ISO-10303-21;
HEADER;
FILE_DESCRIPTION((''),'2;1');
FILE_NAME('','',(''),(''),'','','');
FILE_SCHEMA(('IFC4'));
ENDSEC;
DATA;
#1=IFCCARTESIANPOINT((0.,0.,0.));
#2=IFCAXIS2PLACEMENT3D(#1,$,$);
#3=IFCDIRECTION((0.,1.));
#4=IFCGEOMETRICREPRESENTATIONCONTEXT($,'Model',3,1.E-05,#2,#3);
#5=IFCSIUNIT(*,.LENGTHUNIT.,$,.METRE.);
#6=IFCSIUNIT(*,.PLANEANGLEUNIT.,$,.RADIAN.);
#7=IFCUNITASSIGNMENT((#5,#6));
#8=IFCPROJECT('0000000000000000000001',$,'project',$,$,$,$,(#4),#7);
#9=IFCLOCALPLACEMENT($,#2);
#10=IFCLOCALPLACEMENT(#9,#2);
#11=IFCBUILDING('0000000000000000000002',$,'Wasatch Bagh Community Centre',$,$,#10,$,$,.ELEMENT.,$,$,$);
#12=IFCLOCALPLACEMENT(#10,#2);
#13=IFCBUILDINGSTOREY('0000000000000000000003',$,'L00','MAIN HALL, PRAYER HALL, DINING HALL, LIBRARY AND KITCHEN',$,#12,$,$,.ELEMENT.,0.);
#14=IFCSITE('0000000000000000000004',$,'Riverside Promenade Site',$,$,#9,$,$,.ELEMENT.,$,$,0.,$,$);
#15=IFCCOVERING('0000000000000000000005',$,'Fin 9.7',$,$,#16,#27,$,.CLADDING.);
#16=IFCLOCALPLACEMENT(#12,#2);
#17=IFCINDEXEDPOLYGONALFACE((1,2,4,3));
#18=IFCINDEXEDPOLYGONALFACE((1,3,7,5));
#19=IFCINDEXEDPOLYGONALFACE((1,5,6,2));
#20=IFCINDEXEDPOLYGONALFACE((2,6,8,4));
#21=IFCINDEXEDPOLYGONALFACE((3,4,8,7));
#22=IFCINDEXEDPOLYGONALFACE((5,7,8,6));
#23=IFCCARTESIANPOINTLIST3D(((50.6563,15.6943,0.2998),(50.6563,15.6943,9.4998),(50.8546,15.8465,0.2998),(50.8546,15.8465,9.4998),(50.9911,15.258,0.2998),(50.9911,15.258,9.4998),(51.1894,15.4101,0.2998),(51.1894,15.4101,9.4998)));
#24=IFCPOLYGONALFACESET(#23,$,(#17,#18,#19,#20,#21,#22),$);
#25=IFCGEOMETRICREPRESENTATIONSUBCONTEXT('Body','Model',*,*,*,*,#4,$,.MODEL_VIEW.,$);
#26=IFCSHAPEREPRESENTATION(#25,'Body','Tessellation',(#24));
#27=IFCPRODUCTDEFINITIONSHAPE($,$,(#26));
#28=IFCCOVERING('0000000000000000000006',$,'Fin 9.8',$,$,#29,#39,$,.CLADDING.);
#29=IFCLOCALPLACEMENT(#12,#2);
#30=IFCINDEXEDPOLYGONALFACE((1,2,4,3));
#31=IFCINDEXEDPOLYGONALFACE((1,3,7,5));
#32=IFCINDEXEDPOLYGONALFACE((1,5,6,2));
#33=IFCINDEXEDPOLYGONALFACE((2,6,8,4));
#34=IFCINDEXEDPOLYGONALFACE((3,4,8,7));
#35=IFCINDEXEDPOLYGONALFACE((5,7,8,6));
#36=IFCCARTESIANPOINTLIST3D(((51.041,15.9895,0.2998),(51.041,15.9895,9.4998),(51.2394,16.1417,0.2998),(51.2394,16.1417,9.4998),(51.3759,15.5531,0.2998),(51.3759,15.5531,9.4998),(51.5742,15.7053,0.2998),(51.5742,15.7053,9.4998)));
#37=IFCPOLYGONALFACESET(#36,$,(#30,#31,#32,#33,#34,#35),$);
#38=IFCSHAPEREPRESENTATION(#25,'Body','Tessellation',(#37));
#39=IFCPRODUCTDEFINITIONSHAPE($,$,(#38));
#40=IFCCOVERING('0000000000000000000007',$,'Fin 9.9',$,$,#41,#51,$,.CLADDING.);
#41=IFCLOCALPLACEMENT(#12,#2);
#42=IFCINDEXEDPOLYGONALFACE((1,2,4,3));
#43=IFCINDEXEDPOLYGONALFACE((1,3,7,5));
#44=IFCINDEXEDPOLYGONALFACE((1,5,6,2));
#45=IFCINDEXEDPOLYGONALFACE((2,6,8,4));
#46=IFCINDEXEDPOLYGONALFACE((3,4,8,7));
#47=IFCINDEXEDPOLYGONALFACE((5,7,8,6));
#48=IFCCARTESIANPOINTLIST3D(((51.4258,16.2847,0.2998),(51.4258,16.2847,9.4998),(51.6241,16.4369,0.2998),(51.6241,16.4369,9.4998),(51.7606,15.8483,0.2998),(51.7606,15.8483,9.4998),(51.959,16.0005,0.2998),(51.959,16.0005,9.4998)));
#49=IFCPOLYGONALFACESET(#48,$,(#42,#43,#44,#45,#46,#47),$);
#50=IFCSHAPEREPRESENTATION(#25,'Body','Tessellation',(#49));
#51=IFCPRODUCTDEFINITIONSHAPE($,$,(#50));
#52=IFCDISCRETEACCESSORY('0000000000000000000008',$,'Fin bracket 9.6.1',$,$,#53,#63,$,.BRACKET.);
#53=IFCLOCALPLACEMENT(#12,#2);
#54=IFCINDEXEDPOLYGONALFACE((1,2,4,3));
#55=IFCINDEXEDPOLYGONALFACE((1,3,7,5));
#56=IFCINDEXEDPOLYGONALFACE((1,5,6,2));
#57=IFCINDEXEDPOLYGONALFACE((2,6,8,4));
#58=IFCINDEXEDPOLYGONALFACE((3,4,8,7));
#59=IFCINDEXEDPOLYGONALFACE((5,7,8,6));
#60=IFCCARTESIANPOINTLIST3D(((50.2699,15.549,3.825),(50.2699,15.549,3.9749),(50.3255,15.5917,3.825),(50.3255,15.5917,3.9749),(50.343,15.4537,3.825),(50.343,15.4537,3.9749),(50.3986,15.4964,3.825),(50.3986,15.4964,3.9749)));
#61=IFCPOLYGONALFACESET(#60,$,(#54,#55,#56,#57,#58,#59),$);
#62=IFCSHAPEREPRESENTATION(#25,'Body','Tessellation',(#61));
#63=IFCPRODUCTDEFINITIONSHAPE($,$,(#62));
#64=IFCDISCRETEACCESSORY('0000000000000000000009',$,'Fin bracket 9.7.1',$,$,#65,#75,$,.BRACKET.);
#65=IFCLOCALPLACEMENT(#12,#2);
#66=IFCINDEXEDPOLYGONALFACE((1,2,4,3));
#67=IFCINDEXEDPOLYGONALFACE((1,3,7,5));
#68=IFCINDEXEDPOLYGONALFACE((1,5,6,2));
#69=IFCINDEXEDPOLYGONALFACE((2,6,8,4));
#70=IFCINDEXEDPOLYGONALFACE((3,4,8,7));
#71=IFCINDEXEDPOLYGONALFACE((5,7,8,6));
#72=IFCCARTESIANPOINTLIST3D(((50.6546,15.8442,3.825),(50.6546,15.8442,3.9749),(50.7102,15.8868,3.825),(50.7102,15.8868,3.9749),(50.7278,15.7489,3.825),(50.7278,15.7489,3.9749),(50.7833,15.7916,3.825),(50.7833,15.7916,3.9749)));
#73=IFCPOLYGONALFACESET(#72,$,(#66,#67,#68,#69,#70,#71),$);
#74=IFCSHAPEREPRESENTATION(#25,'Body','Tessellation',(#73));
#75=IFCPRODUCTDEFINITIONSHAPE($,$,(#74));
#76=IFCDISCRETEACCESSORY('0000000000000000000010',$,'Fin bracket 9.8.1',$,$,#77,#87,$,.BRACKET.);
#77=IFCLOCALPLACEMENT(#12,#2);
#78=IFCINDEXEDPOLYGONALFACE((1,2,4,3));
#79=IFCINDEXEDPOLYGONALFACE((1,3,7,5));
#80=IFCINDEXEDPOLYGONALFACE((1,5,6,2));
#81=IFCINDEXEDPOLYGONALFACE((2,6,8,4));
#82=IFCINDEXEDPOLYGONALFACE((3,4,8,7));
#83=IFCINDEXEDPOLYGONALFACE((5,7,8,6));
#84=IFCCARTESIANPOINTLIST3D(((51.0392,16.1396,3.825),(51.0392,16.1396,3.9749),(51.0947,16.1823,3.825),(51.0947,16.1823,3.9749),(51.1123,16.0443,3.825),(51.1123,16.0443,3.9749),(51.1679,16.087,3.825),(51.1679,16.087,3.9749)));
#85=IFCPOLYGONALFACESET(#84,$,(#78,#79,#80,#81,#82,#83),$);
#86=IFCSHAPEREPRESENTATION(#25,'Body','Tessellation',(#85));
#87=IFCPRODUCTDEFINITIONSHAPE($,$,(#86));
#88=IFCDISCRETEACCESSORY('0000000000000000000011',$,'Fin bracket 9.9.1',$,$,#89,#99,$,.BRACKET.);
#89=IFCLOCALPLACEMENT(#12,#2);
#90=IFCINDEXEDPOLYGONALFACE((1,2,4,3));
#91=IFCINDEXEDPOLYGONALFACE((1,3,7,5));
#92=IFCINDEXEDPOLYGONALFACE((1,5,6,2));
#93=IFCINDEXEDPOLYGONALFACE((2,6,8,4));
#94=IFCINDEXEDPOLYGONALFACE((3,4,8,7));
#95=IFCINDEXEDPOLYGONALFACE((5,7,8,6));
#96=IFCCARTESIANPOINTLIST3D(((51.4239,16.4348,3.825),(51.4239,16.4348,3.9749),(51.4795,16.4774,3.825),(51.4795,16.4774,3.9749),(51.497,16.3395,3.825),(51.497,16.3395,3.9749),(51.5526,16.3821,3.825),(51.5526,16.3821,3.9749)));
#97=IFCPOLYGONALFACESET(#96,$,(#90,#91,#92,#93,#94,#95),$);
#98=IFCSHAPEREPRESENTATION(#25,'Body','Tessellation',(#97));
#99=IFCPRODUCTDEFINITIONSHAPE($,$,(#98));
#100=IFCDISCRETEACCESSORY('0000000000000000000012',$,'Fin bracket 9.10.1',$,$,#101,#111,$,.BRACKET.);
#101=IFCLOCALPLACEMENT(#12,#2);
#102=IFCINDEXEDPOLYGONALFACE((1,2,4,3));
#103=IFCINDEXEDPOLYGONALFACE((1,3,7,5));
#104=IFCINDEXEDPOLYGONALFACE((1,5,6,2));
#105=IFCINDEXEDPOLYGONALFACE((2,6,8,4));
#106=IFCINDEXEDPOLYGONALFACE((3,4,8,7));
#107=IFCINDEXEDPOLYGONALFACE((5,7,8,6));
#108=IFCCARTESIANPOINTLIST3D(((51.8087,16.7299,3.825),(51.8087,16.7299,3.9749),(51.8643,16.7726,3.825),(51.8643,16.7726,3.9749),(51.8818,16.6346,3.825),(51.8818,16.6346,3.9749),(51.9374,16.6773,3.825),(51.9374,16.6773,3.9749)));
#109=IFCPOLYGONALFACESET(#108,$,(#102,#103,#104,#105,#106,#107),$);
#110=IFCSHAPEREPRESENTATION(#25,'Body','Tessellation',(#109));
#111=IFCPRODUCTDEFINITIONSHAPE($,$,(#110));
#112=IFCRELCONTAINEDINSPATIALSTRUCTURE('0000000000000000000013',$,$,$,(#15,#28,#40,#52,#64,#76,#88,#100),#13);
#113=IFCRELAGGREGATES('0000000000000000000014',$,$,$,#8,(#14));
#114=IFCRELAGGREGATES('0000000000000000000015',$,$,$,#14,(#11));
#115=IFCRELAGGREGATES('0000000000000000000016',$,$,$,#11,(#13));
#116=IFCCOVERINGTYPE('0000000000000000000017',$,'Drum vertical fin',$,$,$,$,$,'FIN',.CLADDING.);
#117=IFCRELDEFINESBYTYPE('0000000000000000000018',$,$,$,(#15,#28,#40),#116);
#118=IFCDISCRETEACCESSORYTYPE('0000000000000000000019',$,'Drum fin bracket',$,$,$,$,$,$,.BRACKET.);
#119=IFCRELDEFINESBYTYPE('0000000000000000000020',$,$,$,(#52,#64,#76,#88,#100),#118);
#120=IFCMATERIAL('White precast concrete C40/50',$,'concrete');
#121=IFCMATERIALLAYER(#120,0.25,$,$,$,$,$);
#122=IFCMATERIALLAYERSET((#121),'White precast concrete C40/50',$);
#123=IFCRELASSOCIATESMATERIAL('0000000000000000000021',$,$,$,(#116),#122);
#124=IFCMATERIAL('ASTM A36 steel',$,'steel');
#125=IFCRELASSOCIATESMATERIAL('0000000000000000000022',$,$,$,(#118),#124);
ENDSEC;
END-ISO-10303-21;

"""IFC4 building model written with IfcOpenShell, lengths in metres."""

from ifc_helpers import new_model, si_unit, direction, frame, origin, origin_2d, place, context, subcontext, project, spatial, rectangle, extrude, material, layer, layer_set, type_object, element, save


model = new_model("IFC4")

# Units and contexts
model_context = context("Model", 3, precision=1e-05, world=origin(), true_north=direction((0.0, 1.0)))
body_context = subcontext(model_context, "Body", "Model", "MODEL_VIEW")
ifc_project = project(units=[si_unit("LENGTHUNIT", "METRE"), si_unit("PLANEANGLEUNIT", "RADIAN")], contexts=[model_context])

# Site, building, storey
site_placement = place(None, origin())
site = spatial("IfcSite", under=ifc_project, at=site_placement, Name="Riverside Promenade Site", CompositionType="ELEMENT", RefElevation=0.0)
building_placement = place(site_placement, origin())
building = spatial("IfcBuilding", under=site, at=building_placement, Name="Wasatch Bagh Community Centre", CompositionType="ELEMENT")
storey_placement = place(building_placement, origin())
storey = spatial("IfcBuildingStorey", under=building, at=storey_placement, Name="L00", Description="MAIN HALL, PRAYER HALL, DINING HALL, LIBRARY AND KITCHEN", CompositionType="ELEMENT", Elevation=0.0)

# Coverings
ifc_material_1 = material(Name="White precast concrete C40/50", Category="concrete")
ifc_layer_1 = layer(ifc_material_1, 0.25)
ifc_layer_set_1 = layer_set([ifc_layer_1], Name="White precast concrete C40/50")
covering_type = type_object("IfcCoveringType", Name="Drum vertical fin", ElementType="FIN", PredefinedType="CLADDING", material=ifc_layer_set_1)
for number, where, z_axis, x_axis, name in (
    (1, (50.9229, 15.5522, 0.2998), (0.0, 0.0, 1.0), (0.793353, 0.608761, 0.0), "Fin 9.7"),
    (2, (51.3076, 15.8474, 0.2998), (0.0, 0.0, 1.0), (0.793353, 0.608761, 0.0), "Fin 9.8"),
    (3, (51.6924, 16.1426, 0.2998), (0.0, 0.0, 1.0), (0.793353, 0.608761, 0.0), "Fin 9.9"),
):
    element("IfcCovering", number, at=place(storey_placement, frame(where, z_axis=z_axis, x_axis=x_axis)), inside=storey, type_object=covering_type, Name=name, PredefinedType="CLADDING", context=body_context, shape_type="SweptSolid", body=[
        extrude(rectangle(XDim=0.25, YDim=0.55, at=origin_2d()), origin(), (0.0, 0.0, 1.0), 9.2),
    ])

# Discrete accessories
ifc_material_2 = material(Name="ASTM A36 steel", Category="steel")
discrete_accessory_type = type_object("IfcDiscreteAccessoryType", Name="Drum fin bracket", PredefinedType="BRACKET", material=ifc_material_2)
for number, where, z_axis, x_axis, name in (
    (4, (50.3342, 15.5227, 3.825), (0.0, 0.0, 1.0), (0.793353, 0.608761, 0.0), "Fin bracket 9.6.1"),
    (5, (50.719, 15.8179, 3.825), (0.0, 0.0, 1.0), (0.793353, 0.608761, 0.0), "Fin bracket 9.7.1"),
    (6, (51.1035, 16.1133, 3.825), (0.0, 0.0, 1.0), (0.793353, 0.608761, 0.0), "Fin bracket 9.8.1"),
    (7, (51.4883, 16.4084, 3.825), (0.0, 0.0, 1.0), (0.793353, 0.608761, 0.0), "Fin bracket 9.9.1"),
    (8, (51.873, 16.7036, 3.825), (0.0, 0.0, 1.0), (0.793353, 0.608761, 0.0), "Fin bracket 9.10.1"),
):
    element("IfcDiscreteAccessory", number, at=place(storey_placement, frame(where, z_axis=z_axis, x_axis=x_axis)), inside=storey, type_object=discrete_accessory_type, Name=name, PredefinedType="BRACKET", context=body_context, shape_type="SweptSolid", body=[
        extrude(rectangle(XDim=0.0701, YDim=0.1201, at=origin_2d()), origin(), (0.0, 0.0, 1.0), 0.1499),
    ])

save(model, "model.ifc")
